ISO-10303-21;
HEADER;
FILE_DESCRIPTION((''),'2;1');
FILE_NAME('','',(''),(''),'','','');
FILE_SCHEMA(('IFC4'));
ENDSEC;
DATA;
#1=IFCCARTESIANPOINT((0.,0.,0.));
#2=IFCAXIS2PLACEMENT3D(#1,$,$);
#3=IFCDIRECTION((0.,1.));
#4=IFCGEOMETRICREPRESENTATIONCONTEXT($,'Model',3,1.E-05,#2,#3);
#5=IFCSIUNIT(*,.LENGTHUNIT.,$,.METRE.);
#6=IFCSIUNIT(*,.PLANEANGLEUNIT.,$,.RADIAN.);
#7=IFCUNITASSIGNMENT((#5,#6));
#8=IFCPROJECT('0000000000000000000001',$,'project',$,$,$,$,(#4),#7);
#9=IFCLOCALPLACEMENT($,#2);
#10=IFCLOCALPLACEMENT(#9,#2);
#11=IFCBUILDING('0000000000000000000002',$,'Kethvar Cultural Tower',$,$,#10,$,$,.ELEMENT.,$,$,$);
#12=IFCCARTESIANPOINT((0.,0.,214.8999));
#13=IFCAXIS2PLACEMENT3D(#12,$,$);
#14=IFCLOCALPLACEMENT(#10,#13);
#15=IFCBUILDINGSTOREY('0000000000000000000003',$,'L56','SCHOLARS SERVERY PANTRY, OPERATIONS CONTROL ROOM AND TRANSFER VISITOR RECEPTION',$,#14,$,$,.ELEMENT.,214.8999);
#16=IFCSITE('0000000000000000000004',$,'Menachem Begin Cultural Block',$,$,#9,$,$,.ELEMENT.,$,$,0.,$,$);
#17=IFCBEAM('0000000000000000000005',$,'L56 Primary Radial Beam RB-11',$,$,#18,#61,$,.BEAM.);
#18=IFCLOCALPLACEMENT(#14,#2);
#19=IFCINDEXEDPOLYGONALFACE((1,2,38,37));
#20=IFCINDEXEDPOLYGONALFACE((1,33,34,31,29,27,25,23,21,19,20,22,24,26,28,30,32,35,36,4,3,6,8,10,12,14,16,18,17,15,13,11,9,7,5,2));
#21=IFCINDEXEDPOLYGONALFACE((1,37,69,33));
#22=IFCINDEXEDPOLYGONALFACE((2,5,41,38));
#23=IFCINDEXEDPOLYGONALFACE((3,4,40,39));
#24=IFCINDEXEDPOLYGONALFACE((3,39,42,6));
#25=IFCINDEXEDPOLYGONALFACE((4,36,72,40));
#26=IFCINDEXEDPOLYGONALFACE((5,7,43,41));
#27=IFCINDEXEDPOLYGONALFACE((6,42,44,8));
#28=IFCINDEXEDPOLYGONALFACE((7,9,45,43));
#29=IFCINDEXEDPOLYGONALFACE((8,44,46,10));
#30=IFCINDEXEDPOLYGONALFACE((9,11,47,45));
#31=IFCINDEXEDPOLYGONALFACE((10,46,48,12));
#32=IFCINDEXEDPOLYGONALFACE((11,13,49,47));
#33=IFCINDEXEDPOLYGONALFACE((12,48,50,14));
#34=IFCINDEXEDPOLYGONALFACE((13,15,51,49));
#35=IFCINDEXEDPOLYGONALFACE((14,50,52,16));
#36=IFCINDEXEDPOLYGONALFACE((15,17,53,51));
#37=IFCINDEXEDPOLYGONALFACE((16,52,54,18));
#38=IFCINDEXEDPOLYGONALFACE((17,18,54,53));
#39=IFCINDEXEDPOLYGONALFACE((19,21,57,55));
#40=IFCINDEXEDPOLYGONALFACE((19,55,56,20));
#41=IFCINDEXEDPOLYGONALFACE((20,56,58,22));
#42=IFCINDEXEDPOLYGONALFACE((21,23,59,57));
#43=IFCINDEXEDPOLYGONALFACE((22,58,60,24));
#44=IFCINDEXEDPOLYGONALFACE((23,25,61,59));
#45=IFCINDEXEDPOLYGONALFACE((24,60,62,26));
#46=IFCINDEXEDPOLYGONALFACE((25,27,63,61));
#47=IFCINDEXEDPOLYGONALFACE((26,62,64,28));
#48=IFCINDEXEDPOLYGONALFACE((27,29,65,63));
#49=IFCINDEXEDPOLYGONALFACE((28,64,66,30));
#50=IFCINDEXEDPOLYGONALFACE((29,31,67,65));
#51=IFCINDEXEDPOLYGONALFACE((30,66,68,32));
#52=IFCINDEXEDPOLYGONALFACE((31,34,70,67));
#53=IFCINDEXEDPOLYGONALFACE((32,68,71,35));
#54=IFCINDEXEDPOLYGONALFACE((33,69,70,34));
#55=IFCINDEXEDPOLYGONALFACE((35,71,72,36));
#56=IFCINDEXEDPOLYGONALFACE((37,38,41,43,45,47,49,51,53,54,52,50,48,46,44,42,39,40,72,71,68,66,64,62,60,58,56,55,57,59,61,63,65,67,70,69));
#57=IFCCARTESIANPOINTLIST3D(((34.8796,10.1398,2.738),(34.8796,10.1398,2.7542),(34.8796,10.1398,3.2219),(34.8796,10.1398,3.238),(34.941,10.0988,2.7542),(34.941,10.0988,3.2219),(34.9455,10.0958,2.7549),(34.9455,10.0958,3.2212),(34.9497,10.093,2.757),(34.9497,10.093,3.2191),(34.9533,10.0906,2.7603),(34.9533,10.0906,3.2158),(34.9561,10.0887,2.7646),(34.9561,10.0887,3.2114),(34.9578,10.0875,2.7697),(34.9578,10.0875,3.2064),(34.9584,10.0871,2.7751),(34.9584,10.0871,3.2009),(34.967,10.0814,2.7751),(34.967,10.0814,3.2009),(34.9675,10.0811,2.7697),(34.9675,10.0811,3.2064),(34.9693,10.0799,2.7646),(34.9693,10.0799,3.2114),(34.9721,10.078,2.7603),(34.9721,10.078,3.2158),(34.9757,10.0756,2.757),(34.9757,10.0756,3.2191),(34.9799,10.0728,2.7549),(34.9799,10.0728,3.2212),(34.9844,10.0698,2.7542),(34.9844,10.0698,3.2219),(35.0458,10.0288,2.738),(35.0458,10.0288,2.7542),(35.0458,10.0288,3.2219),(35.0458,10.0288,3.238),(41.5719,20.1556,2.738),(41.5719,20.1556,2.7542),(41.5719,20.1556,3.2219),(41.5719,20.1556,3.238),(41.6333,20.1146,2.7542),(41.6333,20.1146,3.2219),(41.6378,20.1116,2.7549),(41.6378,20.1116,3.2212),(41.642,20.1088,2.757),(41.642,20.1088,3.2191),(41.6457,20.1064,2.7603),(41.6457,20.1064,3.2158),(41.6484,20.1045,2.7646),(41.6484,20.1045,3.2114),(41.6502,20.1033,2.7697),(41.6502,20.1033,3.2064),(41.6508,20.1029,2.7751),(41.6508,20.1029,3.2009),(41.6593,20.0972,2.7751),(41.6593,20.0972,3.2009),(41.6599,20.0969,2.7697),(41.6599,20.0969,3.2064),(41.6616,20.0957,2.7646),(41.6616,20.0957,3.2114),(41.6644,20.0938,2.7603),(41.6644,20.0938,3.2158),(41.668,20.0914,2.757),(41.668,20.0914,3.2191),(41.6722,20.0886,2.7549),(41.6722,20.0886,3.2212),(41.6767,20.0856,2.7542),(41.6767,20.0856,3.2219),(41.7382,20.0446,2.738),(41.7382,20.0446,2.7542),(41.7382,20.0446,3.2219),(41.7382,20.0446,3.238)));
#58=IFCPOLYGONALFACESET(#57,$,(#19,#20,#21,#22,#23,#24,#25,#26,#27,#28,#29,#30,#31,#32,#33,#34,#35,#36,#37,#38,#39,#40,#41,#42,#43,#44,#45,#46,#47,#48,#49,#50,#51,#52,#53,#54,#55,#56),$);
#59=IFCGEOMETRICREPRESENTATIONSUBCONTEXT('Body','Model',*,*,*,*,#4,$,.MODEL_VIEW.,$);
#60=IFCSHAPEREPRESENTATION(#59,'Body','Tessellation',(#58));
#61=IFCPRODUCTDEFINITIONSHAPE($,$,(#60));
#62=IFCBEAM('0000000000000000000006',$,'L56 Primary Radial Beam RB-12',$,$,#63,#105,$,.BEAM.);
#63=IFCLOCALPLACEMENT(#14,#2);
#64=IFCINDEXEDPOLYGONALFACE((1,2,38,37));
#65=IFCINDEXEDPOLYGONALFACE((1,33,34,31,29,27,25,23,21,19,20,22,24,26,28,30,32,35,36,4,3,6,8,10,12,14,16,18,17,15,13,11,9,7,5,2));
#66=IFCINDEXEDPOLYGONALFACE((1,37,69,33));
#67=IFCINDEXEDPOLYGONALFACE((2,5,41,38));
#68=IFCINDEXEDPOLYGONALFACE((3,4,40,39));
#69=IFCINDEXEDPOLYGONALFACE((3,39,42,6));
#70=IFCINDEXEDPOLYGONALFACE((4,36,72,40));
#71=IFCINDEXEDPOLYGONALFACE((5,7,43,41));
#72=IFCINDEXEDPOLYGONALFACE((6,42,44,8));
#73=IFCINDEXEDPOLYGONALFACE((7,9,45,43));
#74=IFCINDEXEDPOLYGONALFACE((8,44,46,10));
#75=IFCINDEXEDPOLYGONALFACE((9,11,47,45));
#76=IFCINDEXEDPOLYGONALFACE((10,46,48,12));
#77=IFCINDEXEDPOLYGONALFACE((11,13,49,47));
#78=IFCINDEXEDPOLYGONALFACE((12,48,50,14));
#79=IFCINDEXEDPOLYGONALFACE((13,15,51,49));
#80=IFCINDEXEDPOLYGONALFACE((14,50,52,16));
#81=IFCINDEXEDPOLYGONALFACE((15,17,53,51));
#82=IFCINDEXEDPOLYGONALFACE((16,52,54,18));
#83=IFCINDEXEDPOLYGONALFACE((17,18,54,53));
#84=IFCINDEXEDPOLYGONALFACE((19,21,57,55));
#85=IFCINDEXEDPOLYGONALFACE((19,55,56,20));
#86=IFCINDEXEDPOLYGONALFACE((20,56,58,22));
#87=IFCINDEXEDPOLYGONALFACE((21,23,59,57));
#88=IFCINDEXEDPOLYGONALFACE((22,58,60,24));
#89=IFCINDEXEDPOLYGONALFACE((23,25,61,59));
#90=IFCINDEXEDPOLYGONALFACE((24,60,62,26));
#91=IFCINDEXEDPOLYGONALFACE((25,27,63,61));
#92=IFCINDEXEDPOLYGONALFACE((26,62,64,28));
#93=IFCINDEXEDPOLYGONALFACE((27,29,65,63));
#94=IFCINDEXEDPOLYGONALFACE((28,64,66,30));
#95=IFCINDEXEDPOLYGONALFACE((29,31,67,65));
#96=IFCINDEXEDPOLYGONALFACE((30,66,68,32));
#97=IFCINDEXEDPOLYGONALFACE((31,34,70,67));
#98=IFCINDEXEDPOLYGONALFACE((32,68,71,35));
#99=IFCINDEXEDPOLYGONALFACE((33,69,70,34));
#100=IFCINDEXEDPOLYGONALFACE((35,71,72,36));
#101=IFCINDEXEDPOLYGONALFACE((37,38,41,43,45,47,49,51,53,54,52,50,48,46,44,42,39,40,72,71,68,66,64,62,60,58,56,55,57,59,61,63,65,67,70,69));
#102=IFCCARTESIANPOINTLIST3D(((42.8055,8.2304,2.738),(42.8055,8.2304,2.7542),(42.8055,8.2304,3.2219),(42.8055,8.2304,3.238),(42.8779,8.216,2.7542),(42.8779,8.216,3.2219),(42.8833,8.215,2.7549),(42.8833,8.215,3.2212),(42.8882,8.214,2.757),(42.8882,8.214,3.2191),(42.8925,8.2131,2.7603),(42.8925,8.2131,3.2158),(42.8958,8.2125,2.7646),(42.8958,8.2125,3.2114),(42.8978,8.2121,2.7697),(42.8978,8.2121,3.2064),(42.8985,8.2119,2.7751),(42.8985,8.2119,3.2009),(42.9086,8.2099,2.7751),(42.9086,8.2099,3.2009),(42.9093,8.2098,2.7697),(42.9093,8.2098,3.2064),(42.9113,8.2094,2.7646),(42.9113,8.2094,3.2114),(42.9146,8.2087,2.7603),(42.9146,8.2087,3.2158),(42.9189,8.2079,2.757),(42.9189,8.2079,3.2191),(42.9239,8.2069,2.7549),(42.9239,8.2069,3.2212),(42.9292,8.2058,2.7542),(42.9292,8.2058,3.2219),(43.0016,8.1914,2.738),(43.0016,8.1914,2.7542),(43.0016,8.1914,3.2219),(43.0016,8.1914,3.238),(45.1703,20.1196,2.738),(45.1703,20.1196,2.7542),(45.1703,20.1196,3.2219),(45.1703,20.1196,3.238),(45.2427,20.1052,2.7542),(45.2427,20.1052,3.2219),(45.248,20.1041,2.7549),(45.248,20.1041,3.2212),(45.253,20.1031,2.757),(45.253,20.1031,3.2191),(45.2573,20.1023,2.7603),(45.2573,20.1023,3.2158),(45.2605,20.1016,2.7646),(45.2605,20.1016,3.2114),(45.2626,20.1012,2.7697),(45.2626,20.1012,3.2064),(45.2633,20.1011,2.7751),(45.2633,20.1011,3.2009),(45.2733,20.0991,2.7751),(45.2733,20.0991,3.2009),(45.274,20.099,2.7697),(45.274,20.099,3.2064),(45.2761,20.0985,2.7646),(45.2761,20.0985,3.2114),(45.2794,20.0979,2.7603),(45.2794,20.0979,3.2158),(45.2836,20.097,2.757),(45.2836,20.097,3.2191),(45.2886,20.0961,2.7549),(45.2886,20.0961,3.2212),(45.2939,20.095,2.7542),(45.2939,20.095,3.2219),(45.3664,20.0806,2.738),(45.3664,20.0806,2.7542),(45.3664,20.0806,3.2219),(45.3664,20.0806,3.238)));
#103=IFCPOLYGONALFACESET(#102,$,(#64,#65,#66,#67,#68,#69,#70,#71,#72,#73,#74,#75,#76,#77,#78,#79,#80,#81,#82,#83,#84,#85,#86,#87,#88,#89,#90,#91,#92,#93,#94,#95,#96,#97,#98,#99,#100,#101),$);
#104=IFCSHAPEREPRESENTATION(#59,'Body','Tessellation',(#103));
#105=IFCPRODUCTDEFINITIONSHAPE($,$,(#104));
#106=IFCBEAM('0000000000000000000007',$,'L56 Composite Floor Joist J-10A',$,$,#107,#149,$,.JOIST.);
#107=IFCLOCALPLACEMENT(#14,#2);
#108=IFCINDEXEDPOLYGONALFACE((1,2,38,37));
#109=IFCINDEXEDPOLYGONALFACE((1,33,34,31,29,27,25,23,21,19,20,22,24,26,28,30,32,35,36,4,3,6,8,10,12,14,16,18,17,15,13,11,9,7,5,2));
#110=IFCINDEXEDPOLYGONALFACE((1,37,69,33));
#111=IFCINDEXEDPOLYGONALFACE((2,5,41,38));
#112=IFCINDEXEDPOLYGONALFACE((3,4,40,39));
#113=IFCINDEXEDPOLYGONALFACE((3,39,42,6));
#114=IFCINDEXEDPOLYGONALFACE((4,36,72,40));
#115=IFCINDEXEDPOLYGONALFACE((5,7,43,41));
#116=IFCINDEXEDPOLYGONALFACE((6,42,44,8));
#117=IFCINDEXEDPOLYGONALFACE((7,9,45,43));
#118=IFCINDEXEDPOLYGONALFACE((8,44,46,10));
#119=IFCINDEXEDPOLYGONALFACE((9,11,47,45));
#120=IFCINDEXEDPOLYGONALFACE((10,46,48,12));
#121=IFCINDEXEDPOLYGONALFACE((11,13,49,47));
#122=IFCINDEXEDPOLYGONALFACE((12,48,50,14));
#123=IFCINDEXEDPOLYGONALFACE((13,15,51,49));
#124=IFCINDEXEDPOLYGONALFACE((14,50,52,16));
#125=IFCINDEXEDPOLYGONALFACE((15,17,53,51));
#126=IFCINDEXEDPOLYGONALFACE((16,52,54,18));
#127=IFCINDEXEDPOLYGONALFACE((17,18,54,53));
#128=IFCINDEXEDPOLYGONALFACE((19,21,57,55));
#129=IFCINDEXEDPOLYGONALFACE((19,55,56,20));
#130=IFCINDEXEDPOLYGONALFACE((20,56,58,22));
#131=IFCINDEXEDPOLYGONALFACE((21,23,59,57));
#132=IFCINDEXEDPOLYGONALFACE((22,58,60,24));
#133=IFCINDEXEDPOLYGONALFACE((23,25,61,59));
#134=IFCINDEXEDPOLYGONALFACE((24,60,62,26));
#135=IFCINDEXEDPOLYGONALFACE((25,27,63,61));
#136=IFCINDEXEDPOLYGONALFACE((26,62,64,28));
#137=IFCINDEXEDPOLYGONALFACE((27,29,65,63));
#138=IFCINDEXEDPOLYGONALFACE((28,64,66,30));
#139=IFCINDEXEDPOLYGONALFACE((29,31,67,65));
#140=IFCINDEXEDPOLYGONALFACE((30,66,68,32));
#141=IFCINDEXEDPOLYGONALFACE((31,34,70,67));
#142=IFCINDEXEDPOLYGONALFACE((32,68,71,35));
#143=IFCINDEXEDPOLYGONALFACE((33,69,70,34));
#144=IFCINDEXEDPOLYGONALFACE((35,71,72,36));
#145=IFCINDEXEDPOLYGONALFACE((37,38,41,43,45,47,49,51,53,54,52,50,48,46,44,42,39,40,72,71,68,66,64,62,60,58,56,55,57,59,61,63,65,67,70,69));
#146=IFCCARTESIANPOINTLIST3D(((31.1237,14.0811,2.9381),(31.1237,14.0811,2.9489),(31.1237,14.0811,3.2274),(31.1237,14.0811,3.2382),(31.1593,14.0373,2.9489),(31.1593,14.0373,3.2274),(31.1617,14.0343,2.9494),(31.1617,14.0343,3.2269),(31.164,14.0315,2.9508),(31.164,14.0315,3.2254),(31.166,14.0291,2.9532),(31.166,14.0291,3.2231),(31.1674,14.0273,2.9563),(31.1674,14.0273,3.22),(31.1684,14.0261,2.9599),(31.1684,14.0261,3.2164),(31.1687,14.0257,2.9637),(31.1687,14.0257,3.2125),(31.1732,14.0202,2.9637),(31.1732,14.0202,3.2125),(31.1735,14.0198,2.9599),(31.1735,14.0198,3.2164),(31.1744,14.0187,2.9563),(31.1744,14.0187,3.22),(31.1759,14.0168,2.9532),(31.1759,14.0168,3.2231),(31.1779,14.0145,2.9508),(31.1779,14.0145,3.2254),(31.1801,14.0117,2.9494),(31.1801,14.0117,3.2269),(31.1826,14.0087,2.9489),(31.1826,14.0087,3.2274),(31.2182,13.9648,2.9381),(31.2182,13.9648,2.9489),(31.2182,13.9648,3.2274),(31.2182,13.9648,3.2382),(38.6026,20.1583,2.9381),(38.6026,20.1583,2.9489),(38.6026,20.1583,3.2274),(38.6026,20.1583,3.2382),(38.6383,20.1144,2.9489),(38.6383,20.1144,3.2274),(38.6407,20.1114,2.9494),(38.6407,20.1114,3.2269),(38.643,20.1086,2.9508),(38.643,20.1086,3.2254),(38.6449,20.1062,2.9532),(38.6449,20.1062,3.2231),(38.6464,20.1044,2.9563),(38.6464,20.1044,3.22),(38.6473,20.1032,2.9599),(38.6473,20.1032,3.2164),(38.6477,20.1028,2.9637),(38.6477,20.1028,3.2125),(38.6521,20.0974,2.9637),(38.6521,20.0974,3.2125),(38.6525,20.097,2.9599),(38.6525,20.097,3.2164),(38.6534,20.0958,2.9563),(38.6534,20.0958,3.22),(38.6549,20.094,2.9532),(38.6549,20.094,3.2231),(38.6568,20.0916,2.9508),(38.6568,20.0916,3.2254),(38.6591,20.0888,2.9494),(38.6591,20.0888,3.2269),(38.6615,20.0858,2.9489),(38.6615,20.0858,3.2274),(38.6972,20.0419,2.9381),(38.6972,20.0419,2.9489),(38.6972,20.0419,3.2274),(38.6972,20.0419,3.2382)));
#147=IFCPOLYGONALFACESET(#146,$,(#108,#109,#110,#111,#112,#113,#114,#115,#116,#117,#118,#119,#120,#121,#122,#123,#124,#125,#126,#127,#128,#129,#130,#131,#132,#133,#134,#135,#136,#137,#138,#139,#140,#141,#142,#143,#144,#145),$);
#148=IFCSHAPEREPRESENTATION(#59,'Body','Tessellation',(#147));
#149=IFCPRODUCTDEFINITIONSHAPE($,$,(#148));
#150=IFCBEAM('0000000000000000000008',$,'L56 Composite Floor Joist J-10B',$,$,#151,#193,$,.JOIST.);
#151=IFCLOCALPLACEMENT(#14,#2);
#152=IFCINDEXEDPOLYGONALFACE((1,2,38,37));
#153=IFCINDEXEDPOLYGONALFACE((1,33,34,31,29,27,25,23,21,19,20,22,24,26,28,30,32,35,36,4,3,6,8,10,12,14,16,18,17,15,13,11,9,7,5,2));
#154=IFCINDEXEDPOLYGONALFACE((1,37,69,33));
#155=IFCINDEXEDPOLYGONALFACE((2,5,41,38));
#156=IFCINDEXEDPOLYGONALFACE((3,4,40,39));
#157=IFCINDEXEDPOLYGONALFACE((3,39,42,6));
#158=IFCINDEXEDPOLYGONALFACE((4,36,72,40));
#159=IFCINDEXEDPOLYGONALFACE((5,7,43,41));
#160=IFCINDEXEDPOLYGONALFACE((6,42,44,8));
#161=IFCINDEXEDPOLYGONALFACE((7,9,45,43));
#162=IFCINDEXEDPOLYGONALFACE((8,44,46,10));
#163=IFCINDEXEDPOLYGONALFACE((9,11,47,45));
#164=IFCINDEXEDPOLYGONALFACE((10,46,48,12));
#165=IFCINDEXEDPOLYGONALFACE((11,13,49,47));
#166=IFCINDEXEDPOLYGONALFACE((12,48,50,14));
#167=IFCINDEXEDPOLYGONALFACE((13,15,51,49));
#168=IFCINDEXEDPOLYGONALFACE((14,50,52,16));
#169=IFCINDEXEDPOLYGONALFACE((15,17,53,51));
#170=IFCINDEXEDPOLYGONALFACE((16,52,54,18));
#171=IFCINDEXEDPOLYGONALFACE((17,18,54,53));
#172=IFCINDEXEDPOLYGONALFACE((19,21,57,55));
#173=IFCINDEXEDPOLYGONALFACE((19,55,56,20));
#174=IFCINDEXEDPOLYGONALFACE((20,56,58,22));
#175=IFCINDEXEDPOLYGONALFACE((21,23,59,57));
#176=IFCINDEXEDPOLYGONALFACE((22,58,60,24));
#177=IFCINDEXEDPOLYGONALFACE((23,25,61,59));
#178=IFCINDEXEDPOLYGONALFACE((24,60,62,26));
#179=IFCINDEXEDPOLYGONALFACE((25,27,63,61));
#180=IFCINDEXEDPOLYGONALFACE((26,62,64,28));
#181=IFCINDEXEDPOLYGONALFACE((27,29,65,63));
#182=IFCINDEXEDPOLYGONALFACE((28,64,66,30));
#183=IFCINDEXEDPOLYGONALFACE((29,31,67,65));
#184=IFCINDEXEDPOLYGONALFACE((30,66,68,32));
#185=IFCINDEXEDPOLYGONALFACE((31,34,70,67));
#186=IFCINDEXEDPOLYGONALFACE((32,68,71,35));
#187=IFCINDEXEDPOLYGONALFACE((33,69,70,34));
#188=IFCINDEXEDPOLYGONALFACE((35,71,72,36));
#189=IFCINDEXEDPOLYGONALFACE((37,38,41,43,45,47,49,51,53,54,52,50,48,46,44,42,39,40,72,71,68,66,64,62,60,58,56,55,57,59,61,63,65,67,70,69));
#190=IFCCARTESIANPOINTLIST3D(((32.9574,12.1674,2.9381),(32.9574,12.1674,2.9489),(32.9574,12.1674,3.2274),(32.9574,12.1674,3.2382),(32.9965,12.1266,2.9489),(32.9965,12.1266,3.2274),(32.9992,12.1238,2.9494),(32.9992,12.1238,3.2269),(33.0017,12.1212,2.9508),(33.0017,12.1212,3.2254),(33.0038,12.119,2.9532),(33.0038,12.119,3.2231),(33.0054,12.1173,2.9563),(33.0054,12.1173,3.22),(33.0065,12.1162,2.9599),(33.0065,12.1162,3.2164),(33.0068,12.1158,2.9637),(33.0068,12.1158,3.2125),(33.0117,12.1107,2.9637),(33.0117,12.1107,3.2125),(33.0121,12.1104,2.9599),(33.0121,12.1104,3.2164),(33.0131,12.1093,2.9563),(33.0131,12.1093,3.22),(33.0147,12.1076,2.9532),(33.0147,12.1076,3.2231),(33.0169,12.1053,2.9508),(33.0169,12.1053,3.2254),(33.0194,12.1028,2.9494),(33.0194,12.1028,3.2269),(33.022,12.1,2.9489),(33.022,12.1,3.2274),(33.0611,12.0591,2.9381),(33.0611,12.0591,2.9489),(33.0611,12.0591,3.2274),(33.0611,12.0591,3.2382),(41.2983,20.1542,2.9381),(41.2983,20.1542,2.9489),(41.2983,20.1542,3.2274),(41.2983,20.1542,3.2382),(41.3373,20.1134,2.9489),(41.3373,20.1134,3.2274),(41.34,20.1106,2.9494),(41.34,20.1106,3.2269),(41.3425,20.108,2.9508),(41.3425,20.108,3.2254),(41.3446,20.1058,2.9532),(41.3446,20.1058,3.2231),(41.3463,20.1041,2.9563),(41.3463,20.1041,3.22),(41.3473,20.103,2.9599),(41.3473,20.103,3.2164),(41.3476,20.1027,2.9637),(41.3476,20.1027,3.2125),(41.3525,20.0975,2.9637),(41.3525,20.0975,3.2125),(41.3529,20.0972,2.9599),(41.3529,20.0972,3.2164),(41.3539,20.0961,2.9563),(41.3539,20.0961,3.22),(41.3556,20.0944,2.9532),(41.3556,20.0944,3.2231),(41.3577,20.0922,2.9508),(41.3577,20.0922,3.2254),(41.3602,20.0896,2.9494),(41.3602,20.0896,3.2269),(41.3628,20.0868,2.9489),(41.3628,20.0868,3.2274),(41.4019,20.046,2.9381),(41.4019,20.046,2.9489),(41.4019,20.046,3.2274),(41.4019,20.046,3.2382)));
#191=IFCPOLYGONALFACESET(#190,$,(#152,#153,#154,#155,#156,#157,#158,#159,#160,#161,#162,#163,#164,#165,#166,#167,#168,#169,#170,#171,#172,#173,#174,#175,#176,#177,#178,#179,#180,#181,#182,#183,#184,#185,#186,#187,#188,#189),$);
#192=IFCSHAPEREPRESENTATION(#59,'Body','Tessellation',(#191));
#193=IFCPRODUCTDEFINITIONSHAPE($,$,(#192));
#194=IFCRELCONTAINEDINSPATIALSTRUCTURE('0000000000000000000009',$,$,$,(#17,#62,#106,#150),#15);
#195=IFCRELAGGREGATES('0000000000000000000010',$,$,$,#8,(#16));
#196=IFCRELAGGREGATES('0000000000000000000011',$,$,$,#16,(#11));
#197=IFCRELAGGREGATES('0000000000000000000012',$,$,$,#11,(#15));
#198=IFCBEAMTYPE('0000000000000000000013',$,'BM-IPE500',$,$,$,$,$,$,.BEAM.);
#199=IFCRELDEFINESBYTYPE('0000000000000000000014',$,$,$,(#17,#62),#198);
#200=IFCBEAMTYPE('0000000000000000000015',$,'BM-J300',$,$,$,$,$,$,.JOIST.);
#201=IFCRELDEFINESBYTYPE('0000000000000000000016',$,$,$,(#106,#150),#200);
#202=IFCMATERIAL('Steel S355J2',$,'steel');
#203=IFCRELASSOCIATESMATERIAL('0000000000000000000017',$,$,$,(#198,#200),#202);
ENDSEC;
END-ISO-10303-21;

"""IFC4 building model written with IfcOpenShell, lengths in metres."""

from ifc_helpers import new_model, si_unit, direction, frame, origin, origin_2d, place, context, subcontext, project, spatial, i_section, extrude, source, transform, mapped, material, material_profile, profile_set, type_object, element, save


model = new_model("IFC4")

# Units and contexts
model_context = context("Model", 3, precision=1e-05, world=origin(), true_north=direction((0.0, 1.0)))
body_context = subcontext(model_context, "Body", "Model", "MODEL_VIEW")
ifc_project = project(units=[si_unit("LENGTHUNIT", "METRE"), si_unit("PLANEANGLEUNIT", "RADIAN")], contexts=[model_context])

# Site, building, storey
site_placement = place(None, origin())
site = spatial("IfcSite", under=ifc_project, at=site_placement, Name="Menachem Begin Cultural Block", CompositionType="ELEMENT", RefElevation=0.0)
building_placement = place(site_placement, origin())
building = spatial("IfcBuilding", under=site, at=building_placement, Name="Kethvar Cultural Tower", CompositionType="ELEMENT")
storey_placement = place(building_placement, frame((0.0, 0.0, 214.8999)))
storey = spatial("IfcBuildingStorey", under=building, at=storey_placement, Name="L56", Description="SCHOLARS SERVERY PANTRY, OPERATIONS CONTROL ROOM AND TRANSFER VISITOR RECEPTION", CompositionType="ELEMENT", Elevation=214.8999)

# Beams
ifc_material_1 = material(Name="Steel S355J2", Category="steel")
ifc_material_profile_1 = material_profile(ifc_material_1, i_section(OverallWidth=0.2, OverallDepth=0.5, WebThickness=0.0103, FlangeThickness=0.0161, FilletRadius=0.021, at=origin_2d()), Name="Steel S355J2 — IPE500")
ifc_profile_set_1 = profile_set([ifc_material_profile_1], Name="Steel S355J2 — IPE500")
beam_type_1 = type_object("IfcBeamType", Name="BM-IPE500", PredefinedType="BEAM", material=ifc_profile_set_1)
shared_shape_1 = source(origin(), body_context, "Body", "SweptSolid", [
    extrude(i_section(OverallWidth=0.2, OverallDepth=0.5, WebThickness=0.0103, FlangeThickness=0.0161, FilletRadius=0.021, at=origin_2d()), origin(), (0.0, 0.0, 1.0), 12.0459),
])
beam_1_placement = place(storey_placement, frame((41.655, 20.1001, 2.988), z_axis=(-0.55557, -0.83147, 0.0), x_axis=(0.83147, -0.55557, 0.0)))
element("IfcBeam", 1, at=beam_1_placement, inside=storey, type_object=beam_type_1, Name="L56 Primary Radial Beam RB-11", PredefinedType="BEAM", context=body_context, shape_type="MappedRepresentation", body=[
    mapped(shared_shape_1, transform((0.0, 0.0, 0.0), scale=1.0)),
])
shared_shape_2 = source(origin(), body_context, "Body", "SweptSolid", [
    extrude(i_section(OverallWidth=0.2, OverallDepth=0.5, WebThickness=0.0103, FlangeThickness=0.0161, FilletRadius=0.021, at=origin_2d()), origin(), (0.0, 0.0, 1.0), 12.1221),
])
beam_2_placement = place(storey_placement, frame((45.2683, 20.1001, 2.988), z_axis=(-0.195078, -0.980788, 0.0), x_axis=(0.980788, -0.195078, 0.0)))
element("IfcBeam", 2, at=beam_2_placement, inside=storey, type_object=beam_type_1, Name="L56 Primary Radial Beam RB-12", PredefinedType="BEAM", context=body_context, shape_type="MappedRepresentation", body=[
    mapped(shared_shape_2, transform((0.0, 0.0, 0.0), scale=1.0)),
])
ifc_material_profile_2 = material_profile(ifc_material_1, i_section(OverallWidth=0.1499, OverallDepth=0.3, WebThickness=0.0071, FlangeThickness=0.0107, FilletRadius=0.0149, at=origin_2d()), Name="Steel S355J2 — IPE300")
ifc_profile_set_2 = profile_set([ifc_material_profile_2], Name="Steel S355J2 — IPE300")
beam_type_2 = type_object("IfcBeamType", Name="BM-J300", PredefinedType="JOIST", material=ifc_profile_set_2)
shared_shape_3 = source(origin(), body_context, "Body", "SweptSolid", [
    extrude(i_section(OverallWidth=0.1499, OverallDepth=0.3, WebThickness=0.0071, FlangeThickness=0.0107, FilletRadius=0.0149, at=origin_2d()), origin(), (0.0, 0.0, 1.0), 9.6367),
])
beam_3_placement = place(storey_placement, frame((38.6499, 20.1001, 3.0881), z_axis=(-0.776091, -0.630621, 0.0), x_axis=(0.630621, -0.776091, 0.0)))
element("IfcBeam", 3, at=beam_3_placement, inside=storey, type_object=beam_type_2, Name="L56 Composite Floor Joist J-10A", PredefinedType="JOIST", context=body_context, shape_type="MappedRepresentation", body=[
    mapped(shared_shape_3, transform((0.0, 0.0, 0.0), scale=1.0)),
])
shared_shape_4 = source(origin(), body_context, "Body", "SweptSolid", [
    extrude(i_section(OverallWidth=0.1499, OverallDepth=0.3, WebThickness=0.0071, FlangeThickness=0.0107, FilletRadius=0.0149, at=origin_2d()), origin(), (0.0, 0.0, 1.0), 11.5481),
])
beam_4_placement = place(storey_placement, frame((41.3501, 20.1001, 3.0881), z_axis=(-0.722268, -0.691613, 0.0), x_axis=(0.691613, -0.722268, 0.0)))
element("IfcBeam", 4, at=beam_4_placement, inside=storey, type_object=beam_type_2, Name="L56 Composite Floor Joist J-10B", PredefinedType="JOIST", context=body_context, shape_type="MappedRepresentation", body=[
    mapped(shared_shape_4, transform((0.0, 0.0, 0.0), scale=1.0)),
])

save(model, "model.ifc")
